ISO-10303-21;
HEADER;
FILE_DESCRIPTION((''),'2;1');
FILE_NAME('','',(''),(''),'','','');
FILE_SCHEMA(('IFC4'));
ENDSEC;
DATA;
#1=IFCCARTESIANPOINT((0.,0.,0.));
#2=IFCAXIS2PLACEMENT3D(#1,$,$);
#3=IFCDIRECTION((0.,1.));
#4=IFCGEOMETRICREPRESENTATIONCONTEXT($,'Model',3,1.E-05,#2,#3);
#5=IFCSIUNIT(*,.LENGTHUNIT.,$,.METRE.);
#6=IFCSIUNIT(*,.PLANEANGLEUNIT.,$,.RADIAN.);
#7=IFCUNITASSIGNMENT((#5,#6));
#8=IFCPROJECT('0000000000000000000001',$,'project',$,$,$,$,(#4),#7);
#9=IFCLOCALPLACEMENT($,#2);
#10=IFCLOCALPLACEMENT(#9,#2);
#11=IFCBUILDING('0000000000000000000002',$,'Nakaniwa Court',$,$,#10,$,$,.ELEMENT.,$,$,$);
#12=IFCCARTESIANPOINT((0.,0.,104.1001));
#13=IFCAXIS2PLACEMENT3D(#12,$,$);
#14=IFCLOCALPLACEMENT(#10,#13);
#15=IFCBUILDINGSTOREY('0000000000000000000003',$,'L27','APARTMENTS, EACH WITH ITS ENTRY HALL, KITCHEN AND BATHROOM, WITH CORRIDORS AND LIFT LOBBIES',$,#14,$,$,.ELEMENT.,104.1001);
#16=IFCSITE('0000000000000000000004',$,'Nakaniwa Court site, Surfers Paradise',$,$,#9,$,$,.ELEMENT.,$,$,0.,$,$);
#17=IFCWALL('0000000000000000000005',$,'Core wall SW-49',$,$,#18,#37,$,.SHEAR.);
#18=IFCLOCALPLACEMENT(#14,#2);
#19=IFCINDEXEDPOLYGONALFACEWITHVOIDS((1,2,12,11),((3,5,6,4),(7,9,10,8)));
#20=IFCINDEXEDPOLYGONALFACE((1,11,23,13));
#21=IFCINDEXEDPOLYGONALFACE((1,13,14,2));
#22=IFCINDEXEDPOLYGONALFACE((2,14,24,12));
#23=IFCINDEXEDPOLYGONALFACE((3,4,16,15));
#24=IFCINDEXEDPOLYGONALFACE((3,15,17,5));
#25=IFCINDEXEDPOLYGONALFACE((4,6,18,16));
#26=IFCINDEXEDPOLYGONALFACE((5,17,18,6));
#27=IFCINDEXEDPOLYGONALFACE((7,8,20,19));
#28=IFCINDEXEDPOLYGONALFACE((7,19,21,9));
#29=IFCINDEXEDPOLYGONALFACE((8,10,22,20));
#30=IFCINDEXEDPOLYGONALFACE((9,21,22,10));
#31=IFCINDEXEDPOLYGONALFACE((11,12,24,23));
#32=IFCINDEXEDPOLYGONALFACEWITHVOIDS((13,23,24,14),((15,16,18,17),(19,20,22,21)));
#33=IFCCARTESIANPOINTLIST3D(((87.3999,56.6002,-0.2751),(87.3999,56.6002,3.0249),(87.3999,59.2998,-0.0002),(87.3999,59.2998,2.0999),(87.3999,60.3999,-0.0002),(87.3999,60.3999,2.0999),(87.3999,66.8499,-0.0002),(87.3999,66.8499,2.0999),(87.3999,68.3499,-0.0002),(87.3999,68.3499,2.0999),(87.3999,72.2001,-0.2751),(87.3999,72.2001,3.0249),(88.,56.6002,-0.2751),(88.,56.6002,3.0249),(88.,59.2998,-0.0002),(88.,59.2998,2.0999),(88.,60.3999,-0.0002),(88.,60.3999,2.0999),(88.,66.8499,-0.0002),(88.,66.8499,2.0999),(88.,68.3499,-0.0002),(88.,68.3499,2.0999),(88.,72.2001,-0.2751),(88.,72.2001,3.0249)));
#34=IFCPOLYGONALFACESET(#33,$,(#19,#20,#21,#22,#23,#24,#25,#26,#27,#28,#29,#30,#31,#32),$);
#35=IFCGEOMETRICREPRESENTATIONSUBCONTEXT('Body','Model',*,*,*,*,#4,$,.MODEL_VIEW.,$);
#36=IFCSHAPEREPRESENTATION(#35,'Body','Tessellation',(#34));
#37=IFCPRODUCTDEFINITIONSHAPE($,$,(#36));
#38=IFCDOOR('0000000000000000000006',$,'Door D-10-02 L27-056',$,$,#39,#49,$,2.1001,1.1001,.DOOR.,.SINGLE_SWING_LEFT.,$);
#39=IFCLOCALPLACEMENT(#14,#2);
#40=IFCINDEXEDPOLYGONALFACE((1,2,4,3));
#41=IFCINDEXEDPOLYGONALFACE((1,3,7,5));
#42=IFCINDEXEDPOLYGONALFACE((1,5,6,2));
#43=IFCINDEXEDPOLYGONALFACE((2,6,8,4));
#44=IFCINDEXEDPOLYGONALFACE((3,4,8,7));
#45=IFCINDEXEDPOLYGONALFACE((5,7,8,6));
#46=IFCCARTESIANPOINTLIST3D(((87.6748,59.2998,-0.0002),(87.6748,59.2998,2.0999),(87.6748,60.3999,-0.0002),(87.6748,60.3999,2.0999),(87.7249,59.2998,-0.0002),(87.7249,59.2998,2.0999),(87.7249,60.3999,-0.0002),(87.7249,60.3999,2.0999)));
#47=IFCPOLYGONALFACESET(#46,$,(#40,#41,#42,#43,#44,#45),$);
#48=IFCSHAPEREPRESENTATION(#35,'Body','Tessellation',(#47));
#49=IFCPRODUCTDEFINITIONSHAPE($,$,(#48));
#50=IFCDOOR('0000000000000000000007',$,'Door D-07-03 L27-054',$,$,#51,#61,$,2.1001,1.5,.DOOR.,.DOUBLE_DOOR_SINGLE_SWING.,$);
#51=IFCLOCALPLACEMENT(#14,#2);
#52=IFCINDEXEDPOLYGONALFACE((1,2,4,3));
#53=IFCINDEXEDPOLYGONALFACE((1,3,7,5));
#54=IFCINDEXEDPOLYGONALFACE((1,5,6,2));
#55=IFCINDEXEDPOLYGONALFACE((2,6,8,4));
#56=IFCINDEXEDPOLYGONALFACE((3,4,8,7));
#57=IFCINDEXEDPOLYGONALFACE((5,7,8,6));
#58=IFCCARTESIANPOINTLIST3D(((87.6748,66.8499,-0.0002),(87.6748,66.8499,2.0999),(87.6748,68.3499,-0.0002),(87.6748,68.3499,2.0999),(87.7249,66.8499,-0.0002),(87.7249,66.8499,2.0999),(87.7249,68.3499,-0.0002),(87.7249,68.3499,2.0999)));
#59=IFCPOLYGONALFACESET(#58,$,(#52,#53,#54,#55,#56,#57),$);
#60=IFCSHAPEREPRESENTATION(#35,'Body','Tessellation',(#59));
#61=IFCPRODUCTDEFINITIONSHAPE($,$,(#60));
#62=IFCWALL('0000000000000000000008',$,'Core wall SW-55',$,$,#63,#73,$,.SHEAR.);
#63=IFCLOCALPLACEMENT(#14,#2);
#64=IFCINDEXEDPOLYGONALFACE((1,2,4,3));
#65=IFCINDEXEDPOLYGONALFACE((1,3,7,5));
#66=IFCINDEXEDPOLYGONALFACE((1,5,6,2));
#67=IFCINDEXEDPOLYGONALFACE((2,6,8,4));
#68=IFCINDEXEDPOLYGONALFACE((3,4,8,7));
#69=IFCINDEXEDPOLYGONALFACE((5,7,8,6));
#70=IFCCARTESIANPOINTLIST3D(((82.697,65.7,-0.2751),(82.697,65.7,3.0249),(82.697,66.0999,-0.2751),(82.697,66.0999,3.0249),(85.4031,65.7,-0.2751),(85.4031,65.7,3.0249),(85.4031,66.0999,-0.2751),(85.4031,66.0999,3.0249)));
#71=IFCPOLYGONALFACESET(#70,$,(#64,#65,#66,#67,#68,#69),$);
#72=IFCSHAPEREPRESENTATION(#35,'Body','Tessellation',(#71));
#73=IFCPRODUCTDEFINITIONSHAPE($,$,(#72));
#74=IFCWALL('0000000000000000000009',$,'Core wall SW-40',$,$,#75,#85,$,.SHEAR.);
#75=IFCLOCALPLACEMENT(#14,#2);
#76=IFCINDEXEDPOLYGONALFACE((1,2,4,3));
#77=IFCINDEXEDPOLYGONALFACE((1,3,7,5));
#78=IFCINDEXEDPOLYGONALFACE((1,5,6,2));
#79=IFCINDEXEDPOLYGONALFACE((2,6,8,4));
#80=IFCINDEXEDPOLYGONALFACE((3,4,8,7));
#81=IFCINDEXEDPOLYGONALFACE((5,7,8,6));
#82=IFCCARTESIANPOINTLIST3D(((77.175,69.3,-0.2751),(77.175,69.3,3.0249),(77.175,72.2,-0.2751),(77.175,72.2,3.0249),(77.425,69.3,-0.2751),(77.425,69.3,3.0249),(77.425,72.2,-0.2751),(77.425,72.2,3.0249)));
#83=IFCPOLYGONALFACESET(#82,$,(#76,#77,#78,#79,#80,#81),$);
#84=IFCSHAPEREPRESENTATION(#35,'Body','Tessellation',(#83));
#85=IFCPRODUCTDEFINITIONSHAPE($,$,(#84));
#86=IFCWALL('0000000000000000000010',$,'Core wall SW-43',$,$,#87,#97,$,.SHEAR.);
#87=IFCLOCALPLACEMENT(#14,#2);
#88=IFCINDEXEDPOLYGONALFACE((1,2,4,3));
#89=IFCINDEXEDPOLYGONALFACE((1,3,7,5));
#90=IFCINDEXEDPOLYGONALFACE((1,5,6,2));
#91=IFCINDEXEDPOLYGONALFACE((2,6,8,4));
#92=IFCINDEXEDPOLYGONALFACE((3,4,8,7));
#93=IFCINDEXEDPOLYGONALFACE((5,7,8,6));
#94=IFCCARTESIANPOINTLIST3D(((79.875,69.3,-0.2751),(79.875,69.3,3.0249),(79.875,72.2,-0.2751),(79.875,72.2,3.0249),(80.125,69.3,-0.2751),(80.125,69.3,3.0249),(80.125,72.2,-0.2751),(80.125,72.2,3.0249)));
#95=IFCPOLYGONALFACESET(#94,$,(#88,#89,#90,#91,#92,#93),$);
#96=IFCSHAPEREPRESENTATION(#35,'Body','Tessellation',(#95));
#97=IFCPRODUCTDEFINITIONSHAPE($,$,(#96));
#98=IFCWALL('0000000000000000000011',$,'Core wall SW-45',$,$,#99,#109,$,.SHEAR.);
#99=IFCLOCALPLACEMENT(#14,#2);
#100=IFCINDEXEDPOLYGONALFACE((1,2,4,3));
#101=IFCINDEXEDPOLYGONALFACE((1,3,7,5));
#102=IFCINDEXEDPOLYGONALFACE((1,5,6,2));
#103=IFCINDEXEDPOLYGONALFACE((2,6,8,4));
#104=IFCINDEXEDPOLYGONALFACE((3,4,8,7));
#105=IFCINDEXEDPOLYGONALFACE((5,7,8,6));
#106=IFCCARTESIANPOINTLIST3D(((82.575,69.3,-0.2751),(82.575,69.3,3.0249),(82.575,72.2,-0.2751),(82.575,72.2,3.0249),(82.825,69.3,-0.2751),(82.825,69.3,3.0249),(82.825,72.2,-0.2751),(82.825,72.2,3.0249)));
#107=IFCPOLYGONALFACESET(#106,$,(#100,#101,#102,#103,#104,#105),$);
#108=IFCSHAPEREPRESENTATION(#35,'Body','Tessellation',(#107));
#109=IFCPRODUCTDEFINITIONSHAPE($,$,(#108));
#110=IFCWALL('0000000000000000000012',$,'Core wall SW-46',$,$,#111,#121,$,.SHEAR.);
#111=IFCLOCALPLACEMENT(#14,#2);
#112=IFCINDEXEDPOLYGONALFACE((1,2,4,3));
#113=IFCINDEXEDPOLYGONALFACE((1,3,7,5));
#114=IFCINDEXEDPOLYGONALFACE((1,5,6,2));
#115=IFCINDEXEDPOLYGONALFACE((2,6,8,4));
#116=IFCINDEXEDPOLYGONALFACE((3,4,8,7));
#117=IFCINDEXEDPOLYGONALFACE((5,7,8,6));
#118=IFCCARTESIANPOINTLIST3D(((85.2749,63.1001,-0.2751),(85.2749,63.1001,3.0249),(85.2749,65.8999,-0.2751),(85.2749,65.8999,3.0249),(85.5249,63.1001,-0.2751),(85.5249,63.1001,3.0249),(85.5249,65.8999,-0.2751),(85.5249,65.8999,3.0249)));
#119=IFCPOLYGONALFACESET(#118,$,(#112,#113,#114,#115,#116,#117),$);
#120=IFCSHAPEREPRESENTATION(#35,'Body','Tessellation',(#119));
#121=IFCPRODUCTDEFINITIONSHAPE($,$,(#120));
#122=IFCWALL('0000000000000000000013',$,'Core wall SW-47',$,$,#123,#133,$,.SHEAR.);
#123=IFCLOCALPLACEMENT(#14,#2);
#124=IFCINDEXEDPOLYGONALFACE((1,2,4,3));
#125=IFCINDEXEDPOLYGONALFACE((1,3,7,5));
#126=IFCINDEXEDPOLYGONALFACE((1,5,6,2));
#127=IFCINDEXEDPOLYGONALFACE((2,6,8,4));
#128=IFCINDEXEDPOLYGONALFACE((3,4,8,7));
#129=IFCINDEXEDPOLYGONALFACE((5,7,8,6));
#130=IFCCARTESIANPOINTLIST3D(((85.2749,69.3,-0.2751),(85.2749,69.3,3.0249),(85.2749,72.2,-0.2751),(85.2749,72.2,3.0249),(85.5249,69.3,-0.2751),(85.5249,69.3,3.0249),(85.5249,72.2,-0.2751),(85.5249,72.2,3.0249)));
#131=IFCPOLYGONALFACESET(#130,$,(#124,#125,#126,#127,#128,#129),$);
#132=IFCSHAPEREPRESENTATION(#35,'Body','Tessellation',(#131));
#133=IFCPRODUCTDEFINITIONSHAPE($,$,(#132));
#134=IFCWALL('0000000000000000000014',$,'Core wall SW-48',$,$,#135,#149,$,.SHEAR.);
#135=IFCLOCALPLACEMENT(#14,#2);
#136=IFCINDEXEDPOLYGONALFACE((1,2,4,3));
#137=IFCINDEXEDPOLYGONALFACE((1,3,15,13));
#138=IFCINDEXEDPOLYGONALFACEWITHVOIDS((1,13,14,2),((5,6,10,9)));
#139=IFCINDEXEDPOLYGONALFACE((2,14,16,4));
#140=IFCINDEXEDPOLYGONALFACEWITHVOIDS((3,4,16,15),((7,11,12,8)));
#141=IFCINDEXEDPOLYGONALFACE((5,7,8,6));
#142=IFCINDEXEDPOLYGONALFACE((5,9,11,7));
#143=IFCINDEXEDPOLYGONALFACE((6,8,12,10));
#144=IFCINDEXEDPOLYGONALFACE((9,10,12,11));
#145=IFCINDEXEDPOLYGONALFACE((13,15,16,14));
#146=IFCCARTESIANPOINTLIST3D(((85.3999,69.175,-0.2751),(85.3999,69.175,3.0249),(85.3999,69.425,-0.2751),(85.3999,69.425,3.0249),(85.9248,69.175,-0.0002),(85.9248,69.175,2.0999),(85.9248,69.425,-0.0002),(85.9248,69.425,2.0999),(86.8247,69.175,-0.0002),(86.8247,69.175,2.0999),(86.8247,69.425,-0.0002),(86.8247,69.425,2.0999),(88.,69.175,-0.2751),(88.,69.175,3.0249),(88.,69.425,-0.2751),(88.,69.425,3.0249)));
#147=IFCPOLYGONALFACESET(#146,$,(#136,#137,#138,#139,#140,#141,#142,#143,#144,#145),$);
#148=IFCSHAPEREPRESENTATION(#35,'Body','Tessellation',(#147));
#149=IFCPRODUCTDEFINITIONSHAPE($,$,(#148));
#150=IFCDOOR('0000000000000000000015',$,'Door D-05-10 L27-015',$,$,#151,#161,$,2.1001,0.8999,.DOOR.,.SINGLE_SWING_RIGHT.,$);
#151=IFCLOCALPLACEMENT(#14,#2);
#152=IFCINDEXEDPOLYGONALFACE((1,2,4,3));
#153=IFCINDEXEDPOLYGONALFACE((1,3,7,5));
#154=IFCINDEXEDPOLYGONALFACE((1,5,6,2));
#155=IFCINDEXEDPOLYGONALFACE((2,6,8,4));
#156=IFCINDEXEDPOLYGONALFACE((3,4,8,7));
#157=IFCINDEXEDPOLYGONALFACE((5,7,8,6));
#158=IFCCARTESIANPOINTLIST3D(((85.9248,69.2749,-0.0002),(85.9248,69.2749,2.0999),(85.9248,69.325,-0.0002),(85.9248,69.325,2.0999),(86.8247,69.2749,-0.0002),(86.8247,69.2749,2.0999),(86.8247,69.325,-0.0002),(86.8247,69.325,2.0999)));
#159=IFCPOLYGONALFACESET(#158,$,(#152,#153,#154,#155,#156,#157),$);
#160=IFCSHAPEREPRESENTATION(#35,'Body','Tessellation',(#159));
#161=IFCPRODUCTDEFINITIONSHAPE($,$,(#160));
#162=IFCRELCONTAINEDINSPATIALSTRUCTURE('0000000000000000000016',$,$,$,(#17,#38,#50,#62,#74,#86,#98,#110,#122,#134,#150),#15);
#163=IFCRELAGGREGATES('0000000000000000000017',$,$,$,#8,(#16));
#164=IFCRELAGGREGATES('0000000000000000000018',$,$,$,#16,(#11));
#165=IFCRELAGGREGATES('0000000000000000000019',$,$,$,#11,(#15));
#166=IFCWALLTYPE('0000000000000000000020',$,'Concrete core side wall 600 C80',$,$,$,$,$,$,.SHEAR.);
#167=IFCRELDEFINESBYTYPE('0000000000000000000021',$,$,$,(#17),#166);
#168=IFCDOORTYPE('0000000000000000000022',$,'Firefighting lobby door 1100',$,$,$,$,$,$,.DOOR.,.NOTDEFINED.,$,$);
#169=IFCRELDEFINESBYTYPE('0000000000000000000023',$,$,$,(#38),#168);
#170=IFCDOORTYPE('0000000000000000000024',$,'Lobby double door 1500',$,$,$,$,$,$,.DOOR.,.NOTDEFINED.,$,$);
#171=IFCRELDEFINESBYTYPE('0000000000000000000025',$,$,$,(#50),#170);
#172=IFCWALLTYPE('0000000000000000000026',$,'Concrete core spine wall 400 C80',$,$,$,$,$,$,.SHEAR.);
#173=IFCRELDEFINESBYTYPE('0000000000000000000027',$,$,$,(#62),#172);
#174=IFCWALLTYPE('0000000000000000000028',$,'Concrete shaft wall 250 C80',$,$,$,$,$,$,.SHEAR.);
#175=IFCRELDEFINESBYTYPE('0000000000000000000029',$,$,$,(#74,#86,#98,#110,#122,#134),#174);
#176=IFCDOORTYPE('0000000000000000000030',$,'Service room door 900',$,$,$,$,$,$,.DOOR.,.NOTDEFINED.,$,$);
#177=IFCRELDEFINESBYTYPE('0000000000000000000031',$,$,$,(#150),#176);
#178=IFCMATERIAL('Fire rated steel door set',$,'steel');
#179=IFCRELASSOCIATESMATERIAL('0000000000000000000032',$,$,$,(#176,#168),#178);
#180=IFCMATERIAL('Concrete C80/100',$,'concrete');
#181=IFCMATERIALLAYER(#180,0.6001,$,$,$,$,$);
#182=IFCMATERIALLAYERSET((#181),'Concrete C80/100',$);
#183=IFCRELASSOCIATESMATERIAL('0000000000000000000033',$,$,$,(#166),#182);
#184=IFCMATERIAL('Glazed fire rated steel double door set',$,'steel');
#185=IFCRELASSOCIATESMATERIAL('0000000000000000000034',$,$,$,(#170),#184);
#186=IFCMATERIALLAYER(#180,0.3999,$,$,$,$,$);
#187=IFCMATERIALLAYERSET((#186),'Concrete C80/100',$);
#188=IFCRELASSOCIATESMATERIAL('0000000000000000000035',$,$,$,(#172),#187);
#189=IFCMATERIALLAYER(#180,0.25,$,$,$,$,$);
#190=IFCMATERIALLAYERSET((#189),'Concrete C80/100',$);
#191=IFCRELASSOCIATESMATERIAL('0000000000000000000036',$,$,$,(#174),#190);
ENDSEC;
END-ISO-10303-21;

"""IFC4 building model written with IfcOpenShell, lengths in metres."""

from ifc_helpers import new_model, si_unit, direction, frame, frame_2d, origin, place, context, subcontext, project, spatial, rectangle, extrude, material, layer, layer_set, type_object, element, fill, save


model = new_model("IFC4")

# Units and contexts
model_context = context("Model", 3, precision=1e-05, world=origin(), true_north=direction((0.0, 1.0)))
body_context = subcontext(model_context, "Body", "Model", "MODEL_VIEW")
ifc_project = project(units=[si_unit("LENGTHUNIT", "METRE"), si_unit("PLANEANGLEUNIT", "RADIAN")], contexts=[model_context])

# Site, building, storey
site_placement = place(None, origin())
site = spatial("IfcSite", under=ifc_project, at=site_placement, Name="Nakaniwa Court site, Surfers Paradise", CompositionType="ELEMENT", RefElevation=0.0)
building_placement = place(site_placement, origin())
building = spatial("IfcBuilding", under=site, at=building_placement, Name="Nakaniwa Court", CompositionType="ELEMENT")
storey_placement = place(building_placement, frame((0.0, 0.0, 104.1001)))
storey = spatial("IfcBuildingStorey", under=building, at=storey_placement, Name="L27", Description="APARTMENTS, EACH WITH ITS ENTRY HALL, KITCHEN AND BATHROOM, WITH CORRIDORS AND LIFT LOBBIES", CompositionType="ELEMENT", Elevation=104.1001)

# Shared definitions
ifc_material_1 = material(Name="Concrete C80/100", Category="concrete")

# Shared definitions
ifc_material_2 = material(Name="Fire rated steel door set", Category="steel")
door_type_1 = type_object("IfcDoorType", Name="Service room door 900", OperationType="NOTDEFINED", PredefinedType="DOOR", material=ifc_material_2)

# Wall, openings, doors
ifc_layer_1 = layer(ifc_material_1, 0.6001)
ifc_layer_set_1 = layer_set([ifc_layer_1], Name="Concrete C80/100")
wall_type_1 = type_object("IfcWallType", Name="Concrete core side wall 600 C80", PredefinedType="SHEAR", material=ifc_layer_set_1)
wall_1_placement = place(storey_placement, frame((87.7, 72.2, -0.2751), z_axis=(0.0, 0.0, 1.0), x_axis=(0.0, -1.0, 0.0)))
wall_1 = element("IfcWall", 1, at=wall_1_placement, inside=storey, type_object=wall_type_1, Name="Core wall SW-49", PredefinedType="SHEAR", context=body_context, shape_type="SweptSolid", body=[
    extrude(rectangle(XDim=15.5999, YDim=0.6001, at=frame_2d((7.7998, 0.0))), origin(), (0.0, 0.0, 1.0), 3.3),
])
opening_1_placement = place(wall_1_placement, frame((3.8501, 0.0, 0.2749)))
opening_1 = element("IfcOpeningElement", 2, at=opening_1_placement, cuts=wall_1, PredefinedType="OPENING", context=body_context, shape_type="SweptSolid", body=[
    extrude(rectangle(XDim=1.5, YDim=2.1001, at=frame_2d((0.75, 1.05))), frame((0.0, 0.3101, 0.0), z_axis=(0.0, -1.0, 0.0), x_axis=(1.0, 0.0, 0.0)), (0.0, 0.0, 1.0), 0.6201),
])
opening_2_placement = place(wall_1_placement, frame((11.8, 0.0, 0.2749)))
opening_2 = element("IfcOpeningElement", 3, at=opening_2_placement, cuts=wall_1, PredefinedType="OPENING", context=body_context, shape_type="SweptSolid", body=[
    extrude(rectangle(XDim=1.1001, YDim=2.1001, at=frame_2d((0.55, 1.05))), frame((0.0, 0.3101, 0.0), z_axis=(0.0, -1.0, 0.0), x_axis=(1.0, 0.0, 0.0)), (0.0, 0.0, 1.0), 0.6201),
])
door_type_2 = type_object("IfcDoorType", Name="Firefighting lobby door 1100", OperationType="NOTDEFINED", PredefinedType="DOOR", material=ifc_material_2)
door_1_placement = place(opening_2_placement, origin())
door_1 = element("IfcDoor", 4, at=door_1_placement, inside=storey, type_object=door_type_2, Name="Door D-10-02 L27-056", OperationType="SINGLE_SWING_LEFT", OverallHeight=2.1001, OverallWidth=1.1001, PredefinedType="DOOR", context=body_context, shape_type="SweptSolid", body=[
    extrude(rectangle(XDim=1.1001, YDim=2.1001, at=frame_2d((0.55, 1.05))), frame((0.0, 0.0249, 0.0), z_axis=(0.0, -1.0, 0.0), x_axis=(1.0, 0.0, 0.0)), (0.0, 0.0, 1.0), 0.05),
])
fill(opening_2, door_1)
ifc_material_3 = material(Name="Glazed fire rated steel double door set", Category="steel")
door_type_3 = type_object("IfcDoorType", Name="Lobby double door 1500", OperationType="NOTDEFINED", PredefinedType="DOOR", material=ifc_material_3)
door_2_placement = place(opening_1_placement, origin())
door_2 = element("IfcDoor", 5, at=door_2_placement, inside=storey, type_object=door_type_3, Name="Door D-07-03 L27-054", OperationType="DOUBLE_DOOR_SINGLE_SWING", OverallHeight=2.1001, OverallWidth=1.5, PredefinedType="DOOR", context=body_context, shape_type="SweptSolid", body=[
    extrude(rectangle(XDim=1.5, YDim=2.1001, at=frame_2d((0.75, 1.05))), frame((0.0, 0.0249, 0.0), z_axis=(0.0, -1.0, 0.0), x_axis=(1.0, 0.0, 0.0)), (0.0, 0.0, 1.0), 0.05),
])
fill(opening_1, door_2)

# Walls
ifc_layer_2 = layer(ifc_material_1, 0.3999)
ifc_layer_set_2 = layer_set([ifc_layer_2], Name="Concrete C80/100")
wall_type_2 = type_object("IfcWallType", Name="Concrete core spine wall 400 C80", PredefinedType="SHEAR", material=ifc_layer_set_2)
wall_2_placement = place(storey_placement, frame((82.697, 65.8999, -0.2751), z_axis=(0.0, 0.0, 1.0), x_axis=(1.0, 0.0, 0.0)))
element("IfcWall", 6, at=wall_2_placement, inside=storey, type_object=wall_type_2, Name="Core wall SW-55", PredefinedType="SHEAR", context=body_context, shape_type="SweptSolid", body=[
    extrude(rectangle(XDim=2.7061, YDim=0.3999, at=frame_2d((1.353, 0.0))), origin(), (0.0, 0.0, 1.0), 3.3),
])
ifc_layer_3 = layer(ifc_material_1, 0.25)
ifc_layer_set_3 = layer_set([ifc_layer_3], Name="Concrete C80/100")
wall_type_3 = type_object("IfcWallType", Name="Concrete shaft wall 250 C80", PredefinedType="SHEAR", material=ifc_layer_set_3)
for number, where, z_axis, x_axis, name in (
    (7, (77.3, 69.3, -0.2751), (0.0, 0.0, 1.0), (0.0, 1.0, 0.0), "Core wall SW-40"),
    (8, (80.0, 69.3, -0.2751), (0.0, 0.0, 1.0), (0.0, 1.0, 0.0), "Core wall SW-43"),
    (9, (82.7, 69.3, -0.2751), (0.0, 0.0, 1.0), (0.0, 1.0, 0.0), "Core wall SW-45"),
):
    element("IfcWall", number, at=place(storey_placement, frame(where, z_axis=z_axis, x_axis=x_axis)), inside=storey, type_object=wall_type_3, Name=name, PredefinedType="SHEAR", context=body_context, shape_type="SweptSolid", body=[
        extrude(rectangle(XDim=2.8999, YDim=0.25, at=frame_2d((1.45, 0.0))), origin(), (0.0, 0.0, 1.0), 3.3),
    ])
wall_3_placement = place(storey_placement, frame((85.3999, 63.1001, -0.2751), z_axis=(0.0, 0.0, 1.0), x_axis=(0.0, 1.0, 0.0)))
element("IfcWall", 10, at=wall_3_placement, inside=storey, type_object=wall_type_3, Name="Core wall SW-46", PredefinedType="SHEAR", context=body_context, shape_type="SweptSolid", body=[
    extrude(rectangle(XDim=2.7998, YDim=0.25, at=frame_2d((1.3999, 0.0))), origin(), (0.0, 0.0, 1.0), 3.3),
])
wall_4_placement = place(storey_placement, frame((85.3999, 69.3, -0.2751), z_axis=(0.0, 0.0, 1.0), x_axis=(0.0, 1.0, 0.0)))
element("IfcWall", 11, at=wall_4_placement, inside=storey, type_object=wall_type_3, Name="Core wall SW-47", PredefinedType="SHEAR", context=body_context, shape_type="SweptSolid", body=[
    extrude(rectangle(XDim=2.8999, YDim=0.25, at=frame_2d((1.45, 0.0))), origin(), (0.0, 0.0, 1.0), 3.3),
])

# Wall, opening, door
wall_5_placement = place(storey_placement, frame((85.3999, 69.3, -0.2751), z_axis=(0.0, 0.0, 1.0), x_axis=(1.0, 0.0, 0.0)))
wall_5 = element("IfcWall", 12, at=wall_5_placement, inside=storey, type_object=wall_type_3, Name="Core wall SW-48", PredefinedType="SHEAR", context=body_context, shape_type="SweptSolid", body=[
    extrude(rectangle(XDim=2.6001, YDim=0.25, at=frame_2d((1.3, 0.0))), origin(), (0.0, 0.0, 1.0), 3.3),
])
opening_3_placement = place(wall_5_placement, frame((0.5249, 0.0, 0.2749)))
opening_3 = element("IfcOpeningElement", 13, at=opening_3_placement, cuts=wall_5, PredefinedType="OPENING", context=body_context, shape_type="SweptSolid", body=[
    extrude(rectangle(XDim=0.8999, YDim=2.1001, at=frame_2d((0.45, 1.05))), frame((0.0, 0.135, 0.0), z_axis=(0.0, -1.0, 0.0), x_axis=(1.0, 0.0, 0.0)), (0.0, 0.0, 1.0), 0.27),
])
door_3_placement = place(opening_3_placement, origin())
door_3 = element("IfcDoor", 14, at=door_3_placement, inside=storey, type_object=door_type_1, Name="Door D-05-10 L27-015", OperationType="SINGLE_SWING_RIGHT", OverallHeight=2.1001, OverallWidth=0.8999, PredefinedType="DOOR", context=body_context, shape_type="SweptSolid", body=[
    extrude(rectangle(XDim=0.8999, YDim=2.1001, at=frame_2d((0.45, 1.05))), frame((0.0, 0.0249, 0.0), z_axis=(0.0, -1.0, 0.0), x_axis=(1.0, 0.0, 0.0)), (0.0, 0.0, 1.0), 0.05),
])
fill(opening_3, door_3)

save(model, "model.ifc")
